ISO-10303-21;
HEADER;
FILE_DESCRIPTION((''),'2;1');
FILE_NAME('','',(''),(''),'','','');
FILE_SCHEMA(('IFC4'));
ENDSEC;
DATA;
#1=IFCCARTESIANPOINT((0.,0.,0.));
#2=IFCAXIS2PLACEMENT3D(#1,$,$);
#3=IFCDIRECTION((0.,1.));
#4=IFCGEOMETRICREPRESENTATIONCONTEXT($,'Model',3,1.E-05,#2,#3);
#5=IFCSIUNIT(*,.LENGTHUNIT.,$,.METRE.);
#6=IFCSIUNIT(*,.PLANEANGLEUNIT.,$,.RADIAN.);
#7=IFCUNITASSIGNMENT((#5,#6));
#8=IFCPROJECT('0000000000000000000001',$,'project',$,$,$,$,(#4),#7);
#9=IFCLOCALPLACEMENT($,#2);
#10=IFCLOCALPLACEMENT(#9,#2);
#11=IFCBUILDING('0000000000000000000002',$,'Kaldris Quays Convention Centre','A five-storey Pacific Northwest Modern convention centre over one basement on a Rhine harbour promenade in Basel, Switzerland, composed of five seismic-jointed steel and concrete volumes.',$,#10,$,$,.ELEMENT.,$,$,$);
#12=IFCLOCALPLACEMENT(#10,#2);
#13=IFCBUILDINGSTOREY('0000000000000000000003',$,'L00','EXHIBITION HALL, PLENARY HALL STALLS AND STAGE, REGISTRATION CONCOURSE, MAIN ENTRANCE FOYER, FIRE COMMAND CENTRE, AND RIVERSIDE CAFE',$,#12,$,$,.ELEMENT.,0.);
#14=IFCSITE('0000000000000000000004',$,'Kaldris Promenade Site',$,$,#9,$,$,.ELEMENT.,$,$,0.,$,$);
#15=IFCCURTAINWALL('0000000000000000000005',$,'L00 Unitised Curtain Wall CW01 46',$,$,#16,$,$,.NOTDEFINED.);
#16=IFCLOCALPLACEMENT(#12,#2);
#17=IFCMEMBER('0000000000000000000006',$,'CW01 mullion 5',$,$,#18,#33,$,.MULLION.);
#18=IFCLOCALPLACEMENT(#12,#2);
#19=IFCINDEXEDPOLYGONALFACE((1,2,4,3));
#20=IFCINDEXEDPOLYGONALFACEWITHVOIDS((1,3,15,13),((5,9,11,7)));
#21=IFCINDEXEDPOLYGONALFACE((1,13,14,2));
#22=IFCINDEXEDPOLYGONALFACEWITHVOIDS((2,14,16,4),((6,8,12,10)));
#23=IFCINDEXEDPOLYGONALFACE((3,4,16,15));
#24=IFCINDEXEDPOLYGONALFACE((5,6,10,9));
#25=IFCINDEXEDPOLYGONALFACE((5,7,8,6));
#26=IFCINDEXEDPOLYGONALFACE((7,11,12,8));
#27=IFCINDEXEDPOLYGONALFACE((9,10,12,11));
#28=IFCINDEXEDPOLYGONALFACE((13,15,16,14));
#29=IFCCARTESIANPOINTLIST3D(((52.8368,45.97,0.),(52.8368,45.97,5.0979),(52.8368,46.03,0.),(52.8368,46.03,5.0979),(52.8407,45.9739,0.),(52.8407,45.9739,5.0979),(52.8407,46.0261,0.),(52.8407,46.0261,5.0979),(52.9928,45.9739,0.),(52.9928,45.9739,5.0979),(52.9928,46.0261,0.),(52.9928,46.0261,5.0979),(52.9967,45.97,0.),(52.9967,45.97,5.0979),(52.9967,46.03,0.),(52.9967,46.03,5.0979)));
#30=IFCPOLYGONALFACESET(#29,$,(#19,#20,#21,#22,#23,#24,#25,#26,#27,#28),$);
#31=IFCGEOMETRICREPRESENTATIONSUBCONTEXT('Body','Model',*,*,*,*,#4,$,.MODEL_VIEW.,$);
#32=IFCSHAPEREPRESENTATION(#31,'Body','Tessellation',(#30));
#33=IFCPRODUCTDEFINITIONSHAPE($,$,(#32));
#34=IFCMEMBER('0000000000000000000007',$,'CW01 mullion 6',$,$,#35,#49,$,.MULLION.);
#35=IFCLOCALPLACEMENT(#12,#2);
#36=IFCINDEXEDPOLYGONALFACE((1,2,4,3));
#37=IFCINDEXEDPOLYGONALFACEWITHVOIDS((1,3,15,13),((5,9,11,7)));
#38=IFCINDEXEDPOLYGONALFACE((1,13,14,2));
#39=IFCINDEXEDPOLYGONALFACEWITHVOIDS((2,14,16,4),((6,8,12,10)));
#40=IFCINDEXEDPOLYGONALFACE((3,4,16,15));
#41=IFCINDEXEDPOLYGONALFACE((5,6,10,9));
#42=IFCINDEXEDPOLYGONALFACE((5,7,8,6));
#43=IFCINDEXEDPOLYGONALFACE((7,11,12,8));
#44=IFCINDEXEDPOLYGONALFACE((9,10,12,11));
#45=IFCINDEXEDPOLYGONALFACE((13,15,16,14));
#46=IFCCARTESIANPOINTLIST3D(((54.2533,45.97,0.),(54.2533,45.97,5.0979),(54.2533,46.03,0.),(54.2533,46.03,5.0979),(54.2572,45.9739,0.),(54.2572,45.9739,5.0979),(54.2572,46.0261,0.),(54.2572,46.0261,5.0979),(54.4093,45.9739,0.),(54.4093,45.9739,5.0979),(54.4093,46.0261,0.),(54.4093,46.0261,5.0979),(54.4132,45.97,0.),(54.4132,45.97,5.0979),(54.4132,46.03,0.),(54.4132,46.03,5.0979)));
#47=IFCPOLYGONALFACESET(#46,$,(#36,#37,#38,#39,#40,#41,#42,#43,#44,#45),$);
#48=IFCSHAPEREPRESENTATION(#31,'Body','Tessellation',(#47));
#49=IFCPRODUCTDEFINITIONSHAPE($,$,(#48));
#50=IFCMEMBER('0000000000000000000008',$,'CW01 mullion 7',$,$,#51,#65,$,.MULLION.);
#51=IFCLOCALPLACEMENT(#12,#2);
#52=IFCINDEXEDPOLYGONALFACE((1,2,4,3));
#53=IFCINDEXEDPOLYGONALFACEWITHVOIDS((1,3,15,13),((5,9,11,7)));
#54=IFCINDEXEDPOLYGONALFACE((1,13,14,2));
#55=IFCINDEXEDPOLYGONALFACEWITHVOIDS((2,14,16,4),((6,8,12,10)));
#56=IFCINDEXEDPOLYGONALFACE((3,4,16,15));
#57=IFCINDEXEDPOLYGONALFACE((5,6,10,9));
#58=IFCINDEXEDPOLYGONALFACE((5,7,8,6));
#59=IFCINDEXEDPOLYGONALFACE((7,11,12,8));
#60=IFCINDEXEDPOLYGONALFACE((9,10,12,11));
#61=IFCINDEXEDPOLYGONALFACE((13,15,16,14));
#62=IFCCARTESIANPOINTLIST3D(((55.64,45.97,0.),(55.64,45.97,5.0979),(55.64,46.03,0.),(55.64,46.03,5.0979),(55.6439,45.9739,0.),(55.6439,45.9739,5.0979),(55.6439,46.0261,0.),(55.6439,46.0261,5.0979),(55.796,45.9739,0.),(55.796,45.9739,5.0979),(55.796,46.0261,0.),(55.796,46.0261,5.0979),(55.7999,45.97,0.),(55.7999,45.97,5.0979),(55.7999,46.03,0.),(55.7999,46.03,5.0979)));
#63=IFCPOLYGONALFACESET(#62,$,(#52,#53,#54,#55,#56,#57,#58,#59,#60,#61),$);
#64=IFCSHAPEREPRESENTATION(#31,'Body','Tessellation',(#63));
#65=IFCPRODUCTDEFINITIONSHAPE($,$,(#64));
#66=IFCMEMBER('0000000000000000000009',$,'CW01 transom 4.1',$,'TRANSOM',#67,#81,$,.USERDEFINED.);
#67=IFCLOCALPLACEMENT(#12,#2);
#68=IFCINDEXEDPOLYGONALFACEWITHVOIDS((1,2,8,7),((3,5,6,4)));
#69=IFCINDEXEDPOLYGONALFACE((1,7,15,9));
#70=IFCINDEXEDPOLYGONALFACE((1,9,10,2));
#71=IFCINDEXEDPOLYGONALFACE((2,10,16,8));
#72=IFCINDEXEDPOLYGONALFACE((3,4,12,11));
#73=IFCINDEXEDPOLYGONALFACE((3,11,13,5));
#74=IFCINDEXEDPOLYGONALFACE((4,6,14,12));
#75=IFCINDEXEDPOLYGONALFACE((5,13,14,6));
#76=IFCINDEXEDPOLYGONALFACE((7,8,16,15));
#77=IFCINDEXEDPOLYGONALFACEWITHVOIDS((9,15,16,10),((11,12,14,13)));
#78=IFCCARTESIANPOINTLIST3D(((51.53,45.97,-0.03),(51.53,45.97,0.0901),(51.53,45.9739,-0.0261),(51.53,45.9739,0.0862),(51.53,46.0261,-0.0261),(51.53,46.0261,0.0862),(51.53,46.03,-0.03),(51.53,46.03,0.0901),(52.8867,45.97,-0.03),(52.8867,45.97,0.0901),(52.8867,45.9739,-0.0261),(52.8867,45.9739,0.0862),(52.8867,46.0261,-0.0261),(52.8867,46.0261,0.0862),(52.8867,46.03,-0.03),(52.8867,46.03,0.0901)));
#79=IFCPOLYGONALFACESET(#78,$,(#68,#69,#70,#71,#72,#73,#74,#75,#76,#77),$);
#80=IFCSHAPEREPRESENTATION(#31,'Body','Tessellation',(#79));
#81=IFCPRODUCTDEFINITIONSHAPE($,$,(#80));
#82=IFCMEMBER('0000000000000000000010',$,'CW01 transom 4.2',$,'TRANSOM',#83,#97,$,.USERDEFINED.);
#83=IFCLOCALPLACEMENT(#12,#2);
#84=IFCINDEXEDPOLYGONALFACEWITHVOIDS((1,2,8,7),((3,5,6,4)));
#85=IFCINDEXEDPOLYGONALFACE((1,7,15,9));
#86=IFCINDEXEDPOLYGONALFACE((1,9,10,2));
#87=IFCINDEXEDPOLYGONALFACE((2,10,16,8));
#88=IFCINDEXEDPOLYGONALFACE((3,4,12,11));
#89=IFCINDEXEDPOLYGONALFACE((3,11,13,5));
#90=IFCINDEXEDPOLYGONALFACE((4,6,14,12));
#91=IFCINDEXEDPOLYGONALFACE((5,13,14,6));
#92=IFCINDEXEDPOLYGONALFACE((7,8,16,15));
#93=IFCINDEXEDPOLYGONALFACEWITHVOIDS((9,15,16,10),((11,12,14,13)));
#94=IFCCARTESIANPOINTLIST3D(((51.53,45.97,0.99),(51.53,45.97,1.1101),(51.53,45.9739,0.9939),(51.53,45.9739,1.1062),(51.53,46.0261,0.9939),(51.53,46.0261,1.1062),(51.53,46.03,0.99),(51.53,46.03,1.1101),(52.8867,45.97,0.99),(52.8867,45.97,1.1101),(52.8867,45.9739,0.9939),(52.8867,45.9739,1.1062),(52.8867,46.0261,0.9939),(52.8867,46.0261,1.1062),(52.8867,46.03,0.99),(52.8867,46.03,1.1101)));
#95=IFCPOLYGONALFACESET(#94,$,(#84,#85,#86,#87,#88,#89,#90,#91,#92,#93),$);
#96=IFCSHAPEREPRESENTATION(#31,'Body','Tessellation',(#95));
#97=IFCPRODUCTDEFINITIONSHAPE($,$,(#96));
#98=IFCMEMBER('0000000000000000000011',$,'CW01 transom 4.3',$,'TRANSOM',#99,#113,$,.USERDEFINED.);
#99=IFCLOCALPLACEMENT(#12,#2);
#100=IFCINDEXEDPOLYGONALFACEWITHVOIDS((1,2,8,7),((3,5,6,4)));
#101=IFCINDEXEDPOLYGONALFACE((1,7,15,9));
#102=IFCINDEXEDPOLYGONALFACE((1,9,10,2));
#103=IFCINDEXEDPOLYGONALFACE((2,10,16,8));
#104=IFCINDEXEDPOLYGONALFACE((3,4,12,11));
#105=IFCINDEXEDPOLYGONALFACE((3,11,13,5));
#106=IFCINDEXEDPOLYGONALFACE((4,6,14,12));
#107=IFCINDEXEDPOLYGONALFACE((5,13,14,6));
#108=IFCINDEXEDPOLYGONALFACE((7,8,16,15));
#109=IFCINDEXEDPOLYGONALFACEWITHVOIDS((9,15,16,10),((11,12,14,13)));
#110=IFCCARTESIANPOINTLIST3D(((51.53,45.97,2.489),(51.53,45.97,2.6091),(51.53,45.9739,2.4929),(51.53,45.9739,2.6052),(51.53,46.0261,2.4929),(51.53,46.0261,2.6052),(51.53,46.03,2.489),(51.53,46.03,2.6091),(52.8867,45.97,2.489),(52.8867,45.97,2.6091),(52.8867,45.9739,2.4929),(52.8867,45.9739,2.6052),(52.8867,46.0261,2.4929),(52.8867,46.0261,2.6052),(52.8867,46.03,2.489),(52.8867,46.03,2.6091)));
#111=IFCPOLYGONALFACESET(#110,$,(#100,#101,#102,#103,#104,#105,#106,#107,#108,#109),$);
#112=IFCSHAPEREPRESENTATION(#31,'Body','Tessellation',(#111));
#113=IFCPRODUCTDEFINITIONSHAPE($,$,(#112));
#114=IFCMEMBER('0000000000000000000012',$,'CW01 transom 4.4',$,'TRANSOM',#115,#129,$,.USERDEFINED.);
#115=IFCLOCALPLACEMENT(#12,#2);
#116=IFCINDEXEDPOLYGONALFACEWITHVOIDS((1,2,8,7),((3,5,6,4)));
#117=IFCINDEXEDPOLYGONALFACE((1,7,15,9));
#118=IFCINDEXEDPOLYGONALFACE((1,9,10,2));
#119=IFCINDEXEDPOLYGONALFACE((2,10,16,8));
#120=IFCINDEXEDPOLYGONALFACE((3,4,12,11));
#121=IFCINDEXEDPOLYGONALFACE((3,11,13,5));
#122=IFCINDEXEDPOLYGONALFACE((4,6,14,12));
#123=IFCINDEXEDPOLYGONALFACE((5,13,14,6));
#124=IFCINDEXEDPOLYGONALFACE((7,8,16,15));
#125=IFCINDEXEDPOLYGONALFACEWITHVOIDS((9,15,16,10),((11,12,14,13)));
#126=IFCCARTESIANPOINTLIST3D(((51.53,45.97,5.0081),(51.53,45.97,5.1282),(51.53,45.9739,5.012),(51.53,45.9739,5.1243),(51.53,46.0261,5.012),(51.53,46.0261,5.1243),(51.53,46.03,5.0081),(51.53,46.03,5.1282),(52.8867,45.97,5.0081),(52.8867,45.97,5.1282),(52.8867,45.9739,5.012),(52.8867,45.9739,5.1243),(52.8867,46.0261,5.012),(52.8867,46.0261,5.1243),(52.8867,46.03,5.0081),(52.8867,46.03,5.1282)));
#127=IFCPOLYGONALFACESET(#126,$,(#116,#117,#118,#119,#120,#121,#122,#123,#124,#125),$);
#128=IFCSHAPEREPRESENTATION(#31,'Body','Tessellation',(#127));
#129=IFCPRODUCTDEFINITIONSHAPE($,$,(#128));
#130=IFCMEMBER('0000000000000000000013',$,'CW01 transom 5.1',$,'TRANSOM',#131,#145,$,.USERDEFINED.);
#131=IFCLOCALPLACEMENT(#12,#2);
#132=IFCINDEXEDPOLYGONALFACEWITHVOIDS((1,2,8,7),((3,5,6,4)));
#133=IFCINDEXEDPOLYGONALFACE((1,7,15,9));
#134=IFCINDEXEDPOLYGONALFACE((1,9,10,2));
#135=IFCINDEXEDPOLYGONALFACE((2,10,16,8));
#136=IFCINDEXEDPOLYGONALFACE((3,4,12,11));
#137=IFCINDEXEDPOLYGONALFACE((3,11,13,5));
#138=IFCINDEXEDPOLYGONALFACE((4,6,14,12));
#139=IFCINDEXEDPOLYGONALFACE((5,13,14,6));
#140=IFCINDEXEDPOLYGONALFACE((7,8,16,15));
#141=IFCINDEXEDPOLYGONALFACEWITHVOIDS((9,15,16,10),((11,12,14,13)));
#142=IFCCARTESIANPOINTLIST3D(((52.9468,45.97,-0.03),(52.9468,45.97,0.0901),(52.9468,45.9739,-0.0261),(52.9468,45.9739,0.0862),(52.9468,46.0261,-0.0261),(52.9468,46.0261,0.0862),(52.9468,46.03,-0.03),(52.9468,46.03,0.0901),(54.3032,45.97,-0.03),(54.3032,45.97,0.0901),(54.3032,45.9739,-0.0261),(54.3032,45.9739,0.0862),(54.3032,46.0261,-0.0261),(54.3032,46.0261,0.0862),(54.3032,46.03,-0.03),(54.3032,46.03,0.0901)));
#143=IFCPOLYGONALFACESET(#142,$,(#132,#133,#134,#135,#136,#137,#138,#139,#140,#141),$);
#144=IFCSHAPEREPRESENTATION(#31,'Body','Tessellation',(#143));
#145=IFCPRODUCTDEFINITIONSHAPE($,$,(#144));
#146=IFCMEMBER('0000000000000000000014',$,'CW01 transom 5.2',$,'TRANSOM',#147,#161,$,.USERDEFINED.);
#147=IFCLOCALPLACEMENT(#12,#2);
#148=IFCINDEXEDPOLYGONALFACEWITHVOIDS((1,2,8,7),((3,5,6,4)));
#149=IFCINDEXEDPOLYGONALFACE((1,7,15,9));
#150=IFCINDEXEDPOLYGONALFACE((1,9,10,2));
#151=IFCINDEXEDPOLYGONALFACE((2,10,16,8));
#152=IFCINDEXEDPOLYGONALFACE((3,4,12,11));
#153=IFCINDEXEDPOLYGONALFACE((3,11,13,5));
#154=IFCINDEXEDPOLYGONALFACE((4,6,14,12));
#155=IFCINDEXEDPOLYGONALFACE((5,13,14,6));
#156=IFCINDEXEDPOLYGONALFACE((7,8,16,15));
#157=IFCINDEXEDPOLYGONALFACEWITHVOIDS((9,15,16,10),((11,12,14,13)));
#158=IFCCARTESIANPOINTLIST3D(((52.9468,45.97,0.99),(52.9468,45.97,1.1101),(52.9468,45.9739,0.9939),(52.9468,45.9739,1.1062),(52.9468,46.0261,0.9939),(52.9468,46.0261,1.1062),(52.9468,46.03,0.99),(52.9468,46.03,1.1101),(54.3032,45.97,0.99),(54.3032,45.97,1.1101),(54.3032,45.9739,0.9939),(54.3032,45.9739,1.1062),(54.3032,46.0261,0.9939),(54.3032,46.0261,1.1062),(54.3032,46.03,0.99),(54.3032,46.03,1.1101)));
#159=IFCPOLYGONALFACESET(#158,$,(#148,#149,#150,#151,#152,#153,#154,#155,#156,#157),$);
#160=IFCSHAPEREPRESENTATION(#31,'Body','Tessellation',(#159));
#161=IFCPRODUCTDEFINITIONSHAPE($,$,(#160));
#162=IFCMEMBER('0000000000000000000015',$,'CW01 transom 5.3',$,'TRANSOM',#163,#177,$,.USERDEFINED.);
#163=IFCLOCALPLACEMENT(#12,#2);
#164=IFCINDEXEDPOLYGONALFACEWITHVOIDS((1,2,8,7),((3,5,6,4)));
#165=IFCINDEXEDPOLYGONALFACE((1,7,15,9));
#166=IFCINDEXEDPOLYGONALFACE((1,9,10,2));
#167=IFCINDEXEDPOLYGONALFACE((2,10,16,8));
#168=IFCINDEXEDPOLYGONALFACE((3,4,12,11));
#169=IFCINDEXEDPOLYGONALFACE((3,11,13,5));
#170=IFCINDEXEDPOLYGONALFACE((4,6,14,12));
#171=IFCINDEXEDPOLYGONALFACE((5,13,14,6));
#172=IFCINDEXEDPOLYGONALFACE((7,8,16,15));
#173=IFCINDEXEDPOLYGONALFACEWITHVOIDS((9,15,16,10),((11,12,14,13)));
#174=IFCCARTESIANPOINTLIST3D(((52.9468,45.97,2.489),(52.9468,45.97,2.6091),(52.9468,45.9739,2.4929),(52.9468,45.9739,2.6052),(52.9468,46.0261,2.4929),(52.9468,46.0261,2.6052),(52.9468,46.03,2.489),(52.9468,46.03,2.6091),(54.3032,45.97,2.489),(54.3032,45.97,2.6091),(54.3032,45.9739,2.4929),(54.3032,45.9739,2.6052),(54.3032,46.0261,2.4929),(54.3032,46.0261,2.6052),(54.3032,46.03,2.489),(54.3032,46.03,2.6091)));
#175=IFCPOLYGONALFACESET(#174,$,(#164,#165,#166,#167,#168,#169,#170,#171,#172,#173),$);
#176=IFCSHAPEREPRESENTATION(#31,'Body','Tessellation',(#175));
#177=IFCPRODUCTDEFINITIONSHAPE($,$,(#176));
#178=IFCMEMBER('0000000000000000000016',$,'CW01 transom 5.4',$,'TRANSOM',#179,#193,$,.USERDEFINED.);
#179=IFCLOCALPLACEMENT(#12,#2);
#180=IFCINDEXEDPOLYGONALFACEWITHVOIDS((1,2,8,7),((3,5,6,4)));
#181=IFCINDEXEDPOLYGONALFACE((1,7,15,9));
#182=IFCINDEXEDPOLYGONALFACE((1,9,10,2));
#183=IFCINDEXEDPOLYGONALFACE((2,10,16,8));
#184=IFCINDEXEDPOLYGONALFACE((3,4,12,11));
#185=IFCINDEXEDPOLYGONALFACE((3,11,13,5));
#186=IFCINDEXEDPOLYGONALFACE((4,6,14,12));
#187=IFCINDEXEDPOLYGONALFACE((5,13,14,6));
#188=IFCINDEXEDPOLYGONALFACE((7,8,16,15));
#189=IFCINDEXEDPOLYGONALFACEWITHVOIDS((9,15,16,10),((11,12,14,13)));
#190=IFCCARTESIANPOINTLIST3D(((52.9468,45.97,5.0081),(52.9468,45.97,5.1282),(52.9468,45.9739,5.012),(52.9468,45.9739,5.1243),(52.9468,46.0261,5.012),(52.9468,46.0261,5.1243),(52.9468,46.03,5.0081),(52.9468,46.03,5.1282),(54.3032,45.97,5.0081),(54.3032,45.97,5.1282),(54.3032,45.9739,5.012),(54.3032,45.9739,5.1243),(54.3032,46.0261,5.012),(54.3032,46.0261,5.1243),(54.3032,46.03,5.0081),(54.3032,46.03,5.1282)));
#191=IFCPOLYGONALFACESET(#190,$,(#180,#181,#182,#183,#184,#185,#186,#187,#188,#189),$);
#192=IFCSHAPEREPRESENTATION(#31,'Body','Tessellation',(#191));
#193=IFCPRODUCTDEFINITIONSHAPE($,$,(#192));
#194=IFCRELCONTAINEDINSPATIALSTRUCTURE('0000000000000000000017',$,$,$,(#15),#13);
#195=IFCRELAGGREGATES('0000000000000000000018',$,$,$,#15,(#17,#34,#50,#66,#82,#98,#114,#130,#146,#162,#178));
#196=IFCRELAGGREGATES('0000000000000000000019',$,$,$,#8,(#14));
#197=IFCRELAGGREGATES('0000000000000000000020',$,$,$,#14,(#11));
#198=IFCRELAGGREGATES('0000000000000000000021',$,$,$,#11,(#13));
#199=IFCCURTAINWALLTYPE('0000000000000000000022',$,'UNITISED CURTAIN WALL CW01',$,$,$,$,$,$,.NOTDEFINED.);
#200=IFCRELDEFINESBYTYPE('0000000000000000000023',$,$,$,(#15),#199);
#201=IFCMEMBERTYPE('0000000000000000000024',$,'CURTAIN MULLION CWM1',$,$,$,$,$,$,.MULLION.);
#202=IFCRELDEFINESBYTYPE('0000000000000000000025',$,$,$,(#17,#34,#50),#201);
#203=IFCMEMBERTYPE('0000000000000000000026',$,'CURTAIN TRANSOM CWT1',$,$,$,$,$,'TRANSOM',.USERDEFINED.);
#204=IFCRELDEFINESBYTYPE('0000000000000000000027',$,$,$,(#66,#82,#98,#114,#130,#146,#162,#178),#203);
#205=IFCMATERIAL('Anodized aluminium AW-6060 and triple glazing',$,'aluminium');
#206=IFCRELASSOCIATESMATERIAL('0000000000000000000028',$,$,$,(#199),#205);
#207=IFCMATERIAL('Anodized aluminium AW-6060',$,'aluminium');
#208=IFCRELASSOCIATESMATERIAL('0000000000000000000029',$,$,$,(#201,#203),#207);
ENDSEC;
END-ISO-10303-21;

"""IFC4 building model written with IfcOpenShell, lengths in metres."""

from ifc_helpers import new_model, si_unit, direction, frame, origin, origin_2d, place, context, subcontext, project, spatial, hollow_rectangle, extrude, material, material_profile, profile_set, type_object, element, aggregate, save


model = new_model("IFC4")

# Units and contexts
model_context = context("Model", 3, precision=1e-05, world=origin(), true_north=direction((0.0, 1.0)))
body_context = subcontext(model_context, "Body", "Model", "MODEL_VIEW")
ifc_project = project(units=[si_unit("LENGTHUNIT", "METRE"), si_unit("PLANEANGLEUNIT", "RADIAN")], contexts=[model_context])

# Site, building, storey
site_placement = place(None, origin())
site = spatial("IfcSite", under=ifc_project, at=site_placement, Name="Kaldris Promenade Site", CompositionType="ELEMENT", RefElevation=0.0)
building_placement = place(site_placement, origin())
building = spatial("IfcBuilding", under=site, at=building_placement, Name="Kaldris Quays Convention Centre", Description="A five-storey Pacific Northwest Modern convention centre over one basement on a Rhine harbour promenade in Basel, Switzerland, composed of five seismic-jointed steel and concrete volumes.", CompositionType="ELEMENT")
storey_placement = place(building_placement, origin())
storey = spatial("IfcBuildingStorey", under=building, at=storey_placement, Name="L00", Description="EXHIBITION HALL, PLENARY HALL STALLS AND STAGE, REGISTRATION CONCOURSE, MAIN ENTRANCE FOYER, FIRE COMMAND CENTRE, AND RIVERSIDE CAFE", CompositionType="ELEMENT", Elevation=0.0)

# Curtain wall, members
ifc_material_1 = material(Name="Anodized aluminium AW-6060 and triple glazing", Category="aluminium")
curtain_wall_type = type_object("IfcCurtainWallType", Name="UNITISED CURTAIN WALL CW01", PredefinedType="NOTDEFINED", material=ifc_material_1)
curtain_wall_placement = place(storey_placement, origin())
curtain_wall = element("IfcCurtainWall", 1, at=curtain_wall_placement, inside=storey, type_object=curtain_wall_type, Name="L00 Unitised Curtain Wall CW01 46", PredefinedType="NOTDEFINED")
ifc_material_2 = material(Name="Anodized aluminium AW-6060", Category="aluminium")
ifc_material_profile_1 = material_profile(ifc_material_2, hollow_rectangle(XDim=0.0601, YDim=0.1599, WallThickness=0.0039, at=origin_2d()), Name="RHS 160x60x4")
ifc_profile_set_1 = profile_set([ifc_material_profile_1], Name="Anodized aluminium AW-6060")
member_type_1 = type_object("IfcMemberType", Name="CURTAIN MULLION CWM1", PredefinedType="MULLION", material=ifc_profile_set_1)
member_1_placement = place(storey_placement, frame((52.9167, 46.0, 0.0), z_axis=(0.0, 0.0, 1.0), x_axis=(0.0, 1.0, 0.0)))
member_1 = element("IfcMember", 2, at=member_1_placement, type_object=member_type_1, Name="CW01 mullion 5", PredefinedType="MULLION", context=body_context, shape_type="SweptSolid", body=[
    extrude(hollow_rectangle(XDim=0.0601, YDim=0.1599, WallThickness=0.0039, at=origin_2d()), origin(), (0.0, 0.0, 1.0), 5.0979),
])
member_2_placement = place(storey_placement, frame((54.3333, 46.0, 0.0), z_axis=(0.0, 0.0, 1.0), x_axis=(0.0, 1.0, 0.0)))
member_2 = element("IfcMember", 3, at=member_2_placement, type_object=member_type_1, Name="CW01 mullion 6", PredefinedType="MULLION", context=body_context, shape_type="SweptSolid", body=[
    extrude(hollow_rectangle(XDim=0.0601, YDim=0.1599, WallThickness=0.0039, at=origin_2d()), origin(), (0.0, 0.0, 1.0), 5.0979),
])
member_3_placement = place(storey_placement, frame((55.72, 46.0, 0.0), z_axis=(0.0, 0.0, 1.0), x_axis=(0.0, 1.0, 0.0)))
member_3 = element("IfcMember", 4, at=member_3_placement, type_object=member_type_1, Name="CW01 mullion 7", PredefinedType="MULLION", context=body_context, shape_type="SweptSolid", body=[
    extrude(hollow_rectangle(XDim=0.0601, YDim=0.1599, WallThickness=0.0039, at=origin_2d()), origin(), (0.0, 0.0, 1.0), 5.0979),
])
ifc_material_profile_2 = material_profile(ifc_material_2, hollow_rectangle(XDim=0.0601, YDim=0.1201, WallThickness=0.0039, at=origin_2d()), Name="RHS 120x60x4")
ifc_profile_set_2 = profile_set([ifc_material_profile_2], Name="Anodized aluminium AW-6060")
member_type_2 = type_object("IfcMemberType", Name="CURTAIN TRANSOM CWT1", ElementType="TRANSOM", PredefinedType="USERDEFINED", material=ifc_profile_set_2)
member_4_placement = place(storey_placement, frame((51.53, 46.0, 0.03), z_axis=(1.0, 0.0, 0.0), x_axis=(0.0, 1.0, 0.0)))
member_4 = element("IfcMember", 5, at=member_4_placement, type_object=member_type_2, Name="CW01 transom 4.1", ObjectType="TRANSOM", PredefinedType="USERDEFINED", context=body_context, shape_type="SweptSolid", body=[
    extrude(hollow_rectangle(XDim=0.0601, YDim=0.1201, WallThickness=0.0039, at=origin_2d()), origin(), (0.0, 0.0, 1.0), 1.3567),
])
member_5_placement = place(storey_placement, frame((51.53, 46.0, 1.05), z_axis=(1.0, 0.0, 0.0), x_axis=(0.0, 1.0, 0.0)))
member_5 = element("IfcMember", 6, at=member_5_placement, type_object=member_type_2, Name="CW01 transom 4.2", ObjectType="TRANSOM", PredefinedType="USERDEFINED", context=body_context, shape_type="SweptSolid", body=[
    extrude(hollow_rectangle(XDim=0.0601, YDim=0.1201, WallThickness=0.0039, at=origin_2d()), origin(), (0.0, 0.0, 1.0), 1.3567),
])
member_6_placement = place(storey_placement, frame((51.53, 46.0, 2.5491), z_axis=(1.0, 0.0, 0.0), x_axis=(0.0, 1.0, 0.0)))
member_6 = element("IfcMember", 7, at=member_6_placement, type_object=member_type_2, Name="CW01 transom 4.3", ObjectType="TRANSOM", PredefinedType="USERDEFINED", context=body_context, shape_type="SweptSolid", body=[
    extrude(hollow_rectangle(XDim=0.0601, YDim=0.1201, WallThickness=0.0039, at=origin_2d()), origin(), (0.0, 0.0, 1.0), 1.3567),
])
member_7_placement = place(storey_placement, frame((51.53, 46.0, 5.0681), z_axis=(1.0, 0.0, 0.0), x_axis=(0.0, 1.0, 0.0)))
member_7 = element("IfcMember", 8, at=member_7_placement, type_object=member_type_2, Name="CW01 transom 4.4", ObjectType="TRANSOM", PredefinedType="USERDEFINED", context=body_context, shape_type="SweptSolid", body=[
    extrude(hollow_rectangle(XDim=0.0601, YDim=0.1201, WallThickness=0.0039, at=origin_2d()), origin(), (0.0, 0.0, 1.0), 1.3567),
])
member_8_placement = place(storey_placement, frame((52.9468, 46.0, 0.03), z_axis=(1.0, 0.0, 0.0), x_axis=(0.0, 1.0, 0.0)))
member_8 = element("IfcMember", 9, at=member_8_placement, type_object=member_type_2, Name="CW01 transom 5.1", ObjectType="TRANSOM", PredefinedType="USERDEFINED", context=body_context, shape_type="SweptSolid", body=[
    extrude(hollow_rectangle(XDim=0.0601, YDim=0.1201, WallThickness=0.0039, at=origin_2d()), origin(), (0.0, 0.0, 1.0), 1.3564),
])
member_9_placement = place(storey_placement, frame((52.9468, 46.0, 1.05), z_axis=(1.0, 0.0, 0.0), x_axis=(0.0, 1.0, 0.0)))
member_9 = element("IfcMember", 10, at=member_9_placement, type_object=member_type_2, Name="CW01 transom 5.2", ObjectType="TRANSOM", PredefinedType="USERDEFINED", context=body_context, shape_type="SweptSolid", body=[
    extrude(hollow_rectangle(XDim=0.0601, YDim=0.1201, WallThickness=0.0039, at=origin_2d()), origin(), (0.0, 0.0, 1.0), 1.3564),
])
member_10_placement = place(storey_placement, frame((52.9468, 46.0, 2.5491), z_axis=(1.0, 0.0, 0.0), x_axis=(0.0, 1.0, 0.0)))
member_10 = element("IfcMember", 11, at=member_10_placement, type_object=member_type_2, Name="CW01 transom 5.3", ObjectType="TRANSOM", PredefinedType="USERDEFINED", context=body_context, shape_type="SweptSolid", body=[
    extrude(hollow_rectangle(XDim=0.0601, YDim=0.1201, WallThickness=0.0039, at=origin_2d()), origin(), (0.0, 0.0, 1.0), 1.3564),
])
member_11_placement = place(storey_placement, frame((52.9468, 46.0, 5.0681), z_axis=(1.0, 0.0, 0.0), x_axis=(0.0, 1.0, 0.0)))
member_11 = element("IfcMember", 12, at=member_11_placement, type_object=member_type_2, Name="CW01 transom 5.4", ObjectType="TRANSOM", PredefinedType="USERDEFINED", context=body_context, shape_type="SweptSolid", body=[
    extrude(hollow_rectangle(XDim=0.0601, YDim=0.1201, WallThickness=0.0039, at=origin_2d()), origin(), (0.0, 0.0, 1.0), 1.3564),
])
aggregate(curtain_wall, [member_1, member_2, member_3, member_4, member_5, member_6, member_7, member_8, member_9, member_10, member_11])

save(model, "model.ifc")
